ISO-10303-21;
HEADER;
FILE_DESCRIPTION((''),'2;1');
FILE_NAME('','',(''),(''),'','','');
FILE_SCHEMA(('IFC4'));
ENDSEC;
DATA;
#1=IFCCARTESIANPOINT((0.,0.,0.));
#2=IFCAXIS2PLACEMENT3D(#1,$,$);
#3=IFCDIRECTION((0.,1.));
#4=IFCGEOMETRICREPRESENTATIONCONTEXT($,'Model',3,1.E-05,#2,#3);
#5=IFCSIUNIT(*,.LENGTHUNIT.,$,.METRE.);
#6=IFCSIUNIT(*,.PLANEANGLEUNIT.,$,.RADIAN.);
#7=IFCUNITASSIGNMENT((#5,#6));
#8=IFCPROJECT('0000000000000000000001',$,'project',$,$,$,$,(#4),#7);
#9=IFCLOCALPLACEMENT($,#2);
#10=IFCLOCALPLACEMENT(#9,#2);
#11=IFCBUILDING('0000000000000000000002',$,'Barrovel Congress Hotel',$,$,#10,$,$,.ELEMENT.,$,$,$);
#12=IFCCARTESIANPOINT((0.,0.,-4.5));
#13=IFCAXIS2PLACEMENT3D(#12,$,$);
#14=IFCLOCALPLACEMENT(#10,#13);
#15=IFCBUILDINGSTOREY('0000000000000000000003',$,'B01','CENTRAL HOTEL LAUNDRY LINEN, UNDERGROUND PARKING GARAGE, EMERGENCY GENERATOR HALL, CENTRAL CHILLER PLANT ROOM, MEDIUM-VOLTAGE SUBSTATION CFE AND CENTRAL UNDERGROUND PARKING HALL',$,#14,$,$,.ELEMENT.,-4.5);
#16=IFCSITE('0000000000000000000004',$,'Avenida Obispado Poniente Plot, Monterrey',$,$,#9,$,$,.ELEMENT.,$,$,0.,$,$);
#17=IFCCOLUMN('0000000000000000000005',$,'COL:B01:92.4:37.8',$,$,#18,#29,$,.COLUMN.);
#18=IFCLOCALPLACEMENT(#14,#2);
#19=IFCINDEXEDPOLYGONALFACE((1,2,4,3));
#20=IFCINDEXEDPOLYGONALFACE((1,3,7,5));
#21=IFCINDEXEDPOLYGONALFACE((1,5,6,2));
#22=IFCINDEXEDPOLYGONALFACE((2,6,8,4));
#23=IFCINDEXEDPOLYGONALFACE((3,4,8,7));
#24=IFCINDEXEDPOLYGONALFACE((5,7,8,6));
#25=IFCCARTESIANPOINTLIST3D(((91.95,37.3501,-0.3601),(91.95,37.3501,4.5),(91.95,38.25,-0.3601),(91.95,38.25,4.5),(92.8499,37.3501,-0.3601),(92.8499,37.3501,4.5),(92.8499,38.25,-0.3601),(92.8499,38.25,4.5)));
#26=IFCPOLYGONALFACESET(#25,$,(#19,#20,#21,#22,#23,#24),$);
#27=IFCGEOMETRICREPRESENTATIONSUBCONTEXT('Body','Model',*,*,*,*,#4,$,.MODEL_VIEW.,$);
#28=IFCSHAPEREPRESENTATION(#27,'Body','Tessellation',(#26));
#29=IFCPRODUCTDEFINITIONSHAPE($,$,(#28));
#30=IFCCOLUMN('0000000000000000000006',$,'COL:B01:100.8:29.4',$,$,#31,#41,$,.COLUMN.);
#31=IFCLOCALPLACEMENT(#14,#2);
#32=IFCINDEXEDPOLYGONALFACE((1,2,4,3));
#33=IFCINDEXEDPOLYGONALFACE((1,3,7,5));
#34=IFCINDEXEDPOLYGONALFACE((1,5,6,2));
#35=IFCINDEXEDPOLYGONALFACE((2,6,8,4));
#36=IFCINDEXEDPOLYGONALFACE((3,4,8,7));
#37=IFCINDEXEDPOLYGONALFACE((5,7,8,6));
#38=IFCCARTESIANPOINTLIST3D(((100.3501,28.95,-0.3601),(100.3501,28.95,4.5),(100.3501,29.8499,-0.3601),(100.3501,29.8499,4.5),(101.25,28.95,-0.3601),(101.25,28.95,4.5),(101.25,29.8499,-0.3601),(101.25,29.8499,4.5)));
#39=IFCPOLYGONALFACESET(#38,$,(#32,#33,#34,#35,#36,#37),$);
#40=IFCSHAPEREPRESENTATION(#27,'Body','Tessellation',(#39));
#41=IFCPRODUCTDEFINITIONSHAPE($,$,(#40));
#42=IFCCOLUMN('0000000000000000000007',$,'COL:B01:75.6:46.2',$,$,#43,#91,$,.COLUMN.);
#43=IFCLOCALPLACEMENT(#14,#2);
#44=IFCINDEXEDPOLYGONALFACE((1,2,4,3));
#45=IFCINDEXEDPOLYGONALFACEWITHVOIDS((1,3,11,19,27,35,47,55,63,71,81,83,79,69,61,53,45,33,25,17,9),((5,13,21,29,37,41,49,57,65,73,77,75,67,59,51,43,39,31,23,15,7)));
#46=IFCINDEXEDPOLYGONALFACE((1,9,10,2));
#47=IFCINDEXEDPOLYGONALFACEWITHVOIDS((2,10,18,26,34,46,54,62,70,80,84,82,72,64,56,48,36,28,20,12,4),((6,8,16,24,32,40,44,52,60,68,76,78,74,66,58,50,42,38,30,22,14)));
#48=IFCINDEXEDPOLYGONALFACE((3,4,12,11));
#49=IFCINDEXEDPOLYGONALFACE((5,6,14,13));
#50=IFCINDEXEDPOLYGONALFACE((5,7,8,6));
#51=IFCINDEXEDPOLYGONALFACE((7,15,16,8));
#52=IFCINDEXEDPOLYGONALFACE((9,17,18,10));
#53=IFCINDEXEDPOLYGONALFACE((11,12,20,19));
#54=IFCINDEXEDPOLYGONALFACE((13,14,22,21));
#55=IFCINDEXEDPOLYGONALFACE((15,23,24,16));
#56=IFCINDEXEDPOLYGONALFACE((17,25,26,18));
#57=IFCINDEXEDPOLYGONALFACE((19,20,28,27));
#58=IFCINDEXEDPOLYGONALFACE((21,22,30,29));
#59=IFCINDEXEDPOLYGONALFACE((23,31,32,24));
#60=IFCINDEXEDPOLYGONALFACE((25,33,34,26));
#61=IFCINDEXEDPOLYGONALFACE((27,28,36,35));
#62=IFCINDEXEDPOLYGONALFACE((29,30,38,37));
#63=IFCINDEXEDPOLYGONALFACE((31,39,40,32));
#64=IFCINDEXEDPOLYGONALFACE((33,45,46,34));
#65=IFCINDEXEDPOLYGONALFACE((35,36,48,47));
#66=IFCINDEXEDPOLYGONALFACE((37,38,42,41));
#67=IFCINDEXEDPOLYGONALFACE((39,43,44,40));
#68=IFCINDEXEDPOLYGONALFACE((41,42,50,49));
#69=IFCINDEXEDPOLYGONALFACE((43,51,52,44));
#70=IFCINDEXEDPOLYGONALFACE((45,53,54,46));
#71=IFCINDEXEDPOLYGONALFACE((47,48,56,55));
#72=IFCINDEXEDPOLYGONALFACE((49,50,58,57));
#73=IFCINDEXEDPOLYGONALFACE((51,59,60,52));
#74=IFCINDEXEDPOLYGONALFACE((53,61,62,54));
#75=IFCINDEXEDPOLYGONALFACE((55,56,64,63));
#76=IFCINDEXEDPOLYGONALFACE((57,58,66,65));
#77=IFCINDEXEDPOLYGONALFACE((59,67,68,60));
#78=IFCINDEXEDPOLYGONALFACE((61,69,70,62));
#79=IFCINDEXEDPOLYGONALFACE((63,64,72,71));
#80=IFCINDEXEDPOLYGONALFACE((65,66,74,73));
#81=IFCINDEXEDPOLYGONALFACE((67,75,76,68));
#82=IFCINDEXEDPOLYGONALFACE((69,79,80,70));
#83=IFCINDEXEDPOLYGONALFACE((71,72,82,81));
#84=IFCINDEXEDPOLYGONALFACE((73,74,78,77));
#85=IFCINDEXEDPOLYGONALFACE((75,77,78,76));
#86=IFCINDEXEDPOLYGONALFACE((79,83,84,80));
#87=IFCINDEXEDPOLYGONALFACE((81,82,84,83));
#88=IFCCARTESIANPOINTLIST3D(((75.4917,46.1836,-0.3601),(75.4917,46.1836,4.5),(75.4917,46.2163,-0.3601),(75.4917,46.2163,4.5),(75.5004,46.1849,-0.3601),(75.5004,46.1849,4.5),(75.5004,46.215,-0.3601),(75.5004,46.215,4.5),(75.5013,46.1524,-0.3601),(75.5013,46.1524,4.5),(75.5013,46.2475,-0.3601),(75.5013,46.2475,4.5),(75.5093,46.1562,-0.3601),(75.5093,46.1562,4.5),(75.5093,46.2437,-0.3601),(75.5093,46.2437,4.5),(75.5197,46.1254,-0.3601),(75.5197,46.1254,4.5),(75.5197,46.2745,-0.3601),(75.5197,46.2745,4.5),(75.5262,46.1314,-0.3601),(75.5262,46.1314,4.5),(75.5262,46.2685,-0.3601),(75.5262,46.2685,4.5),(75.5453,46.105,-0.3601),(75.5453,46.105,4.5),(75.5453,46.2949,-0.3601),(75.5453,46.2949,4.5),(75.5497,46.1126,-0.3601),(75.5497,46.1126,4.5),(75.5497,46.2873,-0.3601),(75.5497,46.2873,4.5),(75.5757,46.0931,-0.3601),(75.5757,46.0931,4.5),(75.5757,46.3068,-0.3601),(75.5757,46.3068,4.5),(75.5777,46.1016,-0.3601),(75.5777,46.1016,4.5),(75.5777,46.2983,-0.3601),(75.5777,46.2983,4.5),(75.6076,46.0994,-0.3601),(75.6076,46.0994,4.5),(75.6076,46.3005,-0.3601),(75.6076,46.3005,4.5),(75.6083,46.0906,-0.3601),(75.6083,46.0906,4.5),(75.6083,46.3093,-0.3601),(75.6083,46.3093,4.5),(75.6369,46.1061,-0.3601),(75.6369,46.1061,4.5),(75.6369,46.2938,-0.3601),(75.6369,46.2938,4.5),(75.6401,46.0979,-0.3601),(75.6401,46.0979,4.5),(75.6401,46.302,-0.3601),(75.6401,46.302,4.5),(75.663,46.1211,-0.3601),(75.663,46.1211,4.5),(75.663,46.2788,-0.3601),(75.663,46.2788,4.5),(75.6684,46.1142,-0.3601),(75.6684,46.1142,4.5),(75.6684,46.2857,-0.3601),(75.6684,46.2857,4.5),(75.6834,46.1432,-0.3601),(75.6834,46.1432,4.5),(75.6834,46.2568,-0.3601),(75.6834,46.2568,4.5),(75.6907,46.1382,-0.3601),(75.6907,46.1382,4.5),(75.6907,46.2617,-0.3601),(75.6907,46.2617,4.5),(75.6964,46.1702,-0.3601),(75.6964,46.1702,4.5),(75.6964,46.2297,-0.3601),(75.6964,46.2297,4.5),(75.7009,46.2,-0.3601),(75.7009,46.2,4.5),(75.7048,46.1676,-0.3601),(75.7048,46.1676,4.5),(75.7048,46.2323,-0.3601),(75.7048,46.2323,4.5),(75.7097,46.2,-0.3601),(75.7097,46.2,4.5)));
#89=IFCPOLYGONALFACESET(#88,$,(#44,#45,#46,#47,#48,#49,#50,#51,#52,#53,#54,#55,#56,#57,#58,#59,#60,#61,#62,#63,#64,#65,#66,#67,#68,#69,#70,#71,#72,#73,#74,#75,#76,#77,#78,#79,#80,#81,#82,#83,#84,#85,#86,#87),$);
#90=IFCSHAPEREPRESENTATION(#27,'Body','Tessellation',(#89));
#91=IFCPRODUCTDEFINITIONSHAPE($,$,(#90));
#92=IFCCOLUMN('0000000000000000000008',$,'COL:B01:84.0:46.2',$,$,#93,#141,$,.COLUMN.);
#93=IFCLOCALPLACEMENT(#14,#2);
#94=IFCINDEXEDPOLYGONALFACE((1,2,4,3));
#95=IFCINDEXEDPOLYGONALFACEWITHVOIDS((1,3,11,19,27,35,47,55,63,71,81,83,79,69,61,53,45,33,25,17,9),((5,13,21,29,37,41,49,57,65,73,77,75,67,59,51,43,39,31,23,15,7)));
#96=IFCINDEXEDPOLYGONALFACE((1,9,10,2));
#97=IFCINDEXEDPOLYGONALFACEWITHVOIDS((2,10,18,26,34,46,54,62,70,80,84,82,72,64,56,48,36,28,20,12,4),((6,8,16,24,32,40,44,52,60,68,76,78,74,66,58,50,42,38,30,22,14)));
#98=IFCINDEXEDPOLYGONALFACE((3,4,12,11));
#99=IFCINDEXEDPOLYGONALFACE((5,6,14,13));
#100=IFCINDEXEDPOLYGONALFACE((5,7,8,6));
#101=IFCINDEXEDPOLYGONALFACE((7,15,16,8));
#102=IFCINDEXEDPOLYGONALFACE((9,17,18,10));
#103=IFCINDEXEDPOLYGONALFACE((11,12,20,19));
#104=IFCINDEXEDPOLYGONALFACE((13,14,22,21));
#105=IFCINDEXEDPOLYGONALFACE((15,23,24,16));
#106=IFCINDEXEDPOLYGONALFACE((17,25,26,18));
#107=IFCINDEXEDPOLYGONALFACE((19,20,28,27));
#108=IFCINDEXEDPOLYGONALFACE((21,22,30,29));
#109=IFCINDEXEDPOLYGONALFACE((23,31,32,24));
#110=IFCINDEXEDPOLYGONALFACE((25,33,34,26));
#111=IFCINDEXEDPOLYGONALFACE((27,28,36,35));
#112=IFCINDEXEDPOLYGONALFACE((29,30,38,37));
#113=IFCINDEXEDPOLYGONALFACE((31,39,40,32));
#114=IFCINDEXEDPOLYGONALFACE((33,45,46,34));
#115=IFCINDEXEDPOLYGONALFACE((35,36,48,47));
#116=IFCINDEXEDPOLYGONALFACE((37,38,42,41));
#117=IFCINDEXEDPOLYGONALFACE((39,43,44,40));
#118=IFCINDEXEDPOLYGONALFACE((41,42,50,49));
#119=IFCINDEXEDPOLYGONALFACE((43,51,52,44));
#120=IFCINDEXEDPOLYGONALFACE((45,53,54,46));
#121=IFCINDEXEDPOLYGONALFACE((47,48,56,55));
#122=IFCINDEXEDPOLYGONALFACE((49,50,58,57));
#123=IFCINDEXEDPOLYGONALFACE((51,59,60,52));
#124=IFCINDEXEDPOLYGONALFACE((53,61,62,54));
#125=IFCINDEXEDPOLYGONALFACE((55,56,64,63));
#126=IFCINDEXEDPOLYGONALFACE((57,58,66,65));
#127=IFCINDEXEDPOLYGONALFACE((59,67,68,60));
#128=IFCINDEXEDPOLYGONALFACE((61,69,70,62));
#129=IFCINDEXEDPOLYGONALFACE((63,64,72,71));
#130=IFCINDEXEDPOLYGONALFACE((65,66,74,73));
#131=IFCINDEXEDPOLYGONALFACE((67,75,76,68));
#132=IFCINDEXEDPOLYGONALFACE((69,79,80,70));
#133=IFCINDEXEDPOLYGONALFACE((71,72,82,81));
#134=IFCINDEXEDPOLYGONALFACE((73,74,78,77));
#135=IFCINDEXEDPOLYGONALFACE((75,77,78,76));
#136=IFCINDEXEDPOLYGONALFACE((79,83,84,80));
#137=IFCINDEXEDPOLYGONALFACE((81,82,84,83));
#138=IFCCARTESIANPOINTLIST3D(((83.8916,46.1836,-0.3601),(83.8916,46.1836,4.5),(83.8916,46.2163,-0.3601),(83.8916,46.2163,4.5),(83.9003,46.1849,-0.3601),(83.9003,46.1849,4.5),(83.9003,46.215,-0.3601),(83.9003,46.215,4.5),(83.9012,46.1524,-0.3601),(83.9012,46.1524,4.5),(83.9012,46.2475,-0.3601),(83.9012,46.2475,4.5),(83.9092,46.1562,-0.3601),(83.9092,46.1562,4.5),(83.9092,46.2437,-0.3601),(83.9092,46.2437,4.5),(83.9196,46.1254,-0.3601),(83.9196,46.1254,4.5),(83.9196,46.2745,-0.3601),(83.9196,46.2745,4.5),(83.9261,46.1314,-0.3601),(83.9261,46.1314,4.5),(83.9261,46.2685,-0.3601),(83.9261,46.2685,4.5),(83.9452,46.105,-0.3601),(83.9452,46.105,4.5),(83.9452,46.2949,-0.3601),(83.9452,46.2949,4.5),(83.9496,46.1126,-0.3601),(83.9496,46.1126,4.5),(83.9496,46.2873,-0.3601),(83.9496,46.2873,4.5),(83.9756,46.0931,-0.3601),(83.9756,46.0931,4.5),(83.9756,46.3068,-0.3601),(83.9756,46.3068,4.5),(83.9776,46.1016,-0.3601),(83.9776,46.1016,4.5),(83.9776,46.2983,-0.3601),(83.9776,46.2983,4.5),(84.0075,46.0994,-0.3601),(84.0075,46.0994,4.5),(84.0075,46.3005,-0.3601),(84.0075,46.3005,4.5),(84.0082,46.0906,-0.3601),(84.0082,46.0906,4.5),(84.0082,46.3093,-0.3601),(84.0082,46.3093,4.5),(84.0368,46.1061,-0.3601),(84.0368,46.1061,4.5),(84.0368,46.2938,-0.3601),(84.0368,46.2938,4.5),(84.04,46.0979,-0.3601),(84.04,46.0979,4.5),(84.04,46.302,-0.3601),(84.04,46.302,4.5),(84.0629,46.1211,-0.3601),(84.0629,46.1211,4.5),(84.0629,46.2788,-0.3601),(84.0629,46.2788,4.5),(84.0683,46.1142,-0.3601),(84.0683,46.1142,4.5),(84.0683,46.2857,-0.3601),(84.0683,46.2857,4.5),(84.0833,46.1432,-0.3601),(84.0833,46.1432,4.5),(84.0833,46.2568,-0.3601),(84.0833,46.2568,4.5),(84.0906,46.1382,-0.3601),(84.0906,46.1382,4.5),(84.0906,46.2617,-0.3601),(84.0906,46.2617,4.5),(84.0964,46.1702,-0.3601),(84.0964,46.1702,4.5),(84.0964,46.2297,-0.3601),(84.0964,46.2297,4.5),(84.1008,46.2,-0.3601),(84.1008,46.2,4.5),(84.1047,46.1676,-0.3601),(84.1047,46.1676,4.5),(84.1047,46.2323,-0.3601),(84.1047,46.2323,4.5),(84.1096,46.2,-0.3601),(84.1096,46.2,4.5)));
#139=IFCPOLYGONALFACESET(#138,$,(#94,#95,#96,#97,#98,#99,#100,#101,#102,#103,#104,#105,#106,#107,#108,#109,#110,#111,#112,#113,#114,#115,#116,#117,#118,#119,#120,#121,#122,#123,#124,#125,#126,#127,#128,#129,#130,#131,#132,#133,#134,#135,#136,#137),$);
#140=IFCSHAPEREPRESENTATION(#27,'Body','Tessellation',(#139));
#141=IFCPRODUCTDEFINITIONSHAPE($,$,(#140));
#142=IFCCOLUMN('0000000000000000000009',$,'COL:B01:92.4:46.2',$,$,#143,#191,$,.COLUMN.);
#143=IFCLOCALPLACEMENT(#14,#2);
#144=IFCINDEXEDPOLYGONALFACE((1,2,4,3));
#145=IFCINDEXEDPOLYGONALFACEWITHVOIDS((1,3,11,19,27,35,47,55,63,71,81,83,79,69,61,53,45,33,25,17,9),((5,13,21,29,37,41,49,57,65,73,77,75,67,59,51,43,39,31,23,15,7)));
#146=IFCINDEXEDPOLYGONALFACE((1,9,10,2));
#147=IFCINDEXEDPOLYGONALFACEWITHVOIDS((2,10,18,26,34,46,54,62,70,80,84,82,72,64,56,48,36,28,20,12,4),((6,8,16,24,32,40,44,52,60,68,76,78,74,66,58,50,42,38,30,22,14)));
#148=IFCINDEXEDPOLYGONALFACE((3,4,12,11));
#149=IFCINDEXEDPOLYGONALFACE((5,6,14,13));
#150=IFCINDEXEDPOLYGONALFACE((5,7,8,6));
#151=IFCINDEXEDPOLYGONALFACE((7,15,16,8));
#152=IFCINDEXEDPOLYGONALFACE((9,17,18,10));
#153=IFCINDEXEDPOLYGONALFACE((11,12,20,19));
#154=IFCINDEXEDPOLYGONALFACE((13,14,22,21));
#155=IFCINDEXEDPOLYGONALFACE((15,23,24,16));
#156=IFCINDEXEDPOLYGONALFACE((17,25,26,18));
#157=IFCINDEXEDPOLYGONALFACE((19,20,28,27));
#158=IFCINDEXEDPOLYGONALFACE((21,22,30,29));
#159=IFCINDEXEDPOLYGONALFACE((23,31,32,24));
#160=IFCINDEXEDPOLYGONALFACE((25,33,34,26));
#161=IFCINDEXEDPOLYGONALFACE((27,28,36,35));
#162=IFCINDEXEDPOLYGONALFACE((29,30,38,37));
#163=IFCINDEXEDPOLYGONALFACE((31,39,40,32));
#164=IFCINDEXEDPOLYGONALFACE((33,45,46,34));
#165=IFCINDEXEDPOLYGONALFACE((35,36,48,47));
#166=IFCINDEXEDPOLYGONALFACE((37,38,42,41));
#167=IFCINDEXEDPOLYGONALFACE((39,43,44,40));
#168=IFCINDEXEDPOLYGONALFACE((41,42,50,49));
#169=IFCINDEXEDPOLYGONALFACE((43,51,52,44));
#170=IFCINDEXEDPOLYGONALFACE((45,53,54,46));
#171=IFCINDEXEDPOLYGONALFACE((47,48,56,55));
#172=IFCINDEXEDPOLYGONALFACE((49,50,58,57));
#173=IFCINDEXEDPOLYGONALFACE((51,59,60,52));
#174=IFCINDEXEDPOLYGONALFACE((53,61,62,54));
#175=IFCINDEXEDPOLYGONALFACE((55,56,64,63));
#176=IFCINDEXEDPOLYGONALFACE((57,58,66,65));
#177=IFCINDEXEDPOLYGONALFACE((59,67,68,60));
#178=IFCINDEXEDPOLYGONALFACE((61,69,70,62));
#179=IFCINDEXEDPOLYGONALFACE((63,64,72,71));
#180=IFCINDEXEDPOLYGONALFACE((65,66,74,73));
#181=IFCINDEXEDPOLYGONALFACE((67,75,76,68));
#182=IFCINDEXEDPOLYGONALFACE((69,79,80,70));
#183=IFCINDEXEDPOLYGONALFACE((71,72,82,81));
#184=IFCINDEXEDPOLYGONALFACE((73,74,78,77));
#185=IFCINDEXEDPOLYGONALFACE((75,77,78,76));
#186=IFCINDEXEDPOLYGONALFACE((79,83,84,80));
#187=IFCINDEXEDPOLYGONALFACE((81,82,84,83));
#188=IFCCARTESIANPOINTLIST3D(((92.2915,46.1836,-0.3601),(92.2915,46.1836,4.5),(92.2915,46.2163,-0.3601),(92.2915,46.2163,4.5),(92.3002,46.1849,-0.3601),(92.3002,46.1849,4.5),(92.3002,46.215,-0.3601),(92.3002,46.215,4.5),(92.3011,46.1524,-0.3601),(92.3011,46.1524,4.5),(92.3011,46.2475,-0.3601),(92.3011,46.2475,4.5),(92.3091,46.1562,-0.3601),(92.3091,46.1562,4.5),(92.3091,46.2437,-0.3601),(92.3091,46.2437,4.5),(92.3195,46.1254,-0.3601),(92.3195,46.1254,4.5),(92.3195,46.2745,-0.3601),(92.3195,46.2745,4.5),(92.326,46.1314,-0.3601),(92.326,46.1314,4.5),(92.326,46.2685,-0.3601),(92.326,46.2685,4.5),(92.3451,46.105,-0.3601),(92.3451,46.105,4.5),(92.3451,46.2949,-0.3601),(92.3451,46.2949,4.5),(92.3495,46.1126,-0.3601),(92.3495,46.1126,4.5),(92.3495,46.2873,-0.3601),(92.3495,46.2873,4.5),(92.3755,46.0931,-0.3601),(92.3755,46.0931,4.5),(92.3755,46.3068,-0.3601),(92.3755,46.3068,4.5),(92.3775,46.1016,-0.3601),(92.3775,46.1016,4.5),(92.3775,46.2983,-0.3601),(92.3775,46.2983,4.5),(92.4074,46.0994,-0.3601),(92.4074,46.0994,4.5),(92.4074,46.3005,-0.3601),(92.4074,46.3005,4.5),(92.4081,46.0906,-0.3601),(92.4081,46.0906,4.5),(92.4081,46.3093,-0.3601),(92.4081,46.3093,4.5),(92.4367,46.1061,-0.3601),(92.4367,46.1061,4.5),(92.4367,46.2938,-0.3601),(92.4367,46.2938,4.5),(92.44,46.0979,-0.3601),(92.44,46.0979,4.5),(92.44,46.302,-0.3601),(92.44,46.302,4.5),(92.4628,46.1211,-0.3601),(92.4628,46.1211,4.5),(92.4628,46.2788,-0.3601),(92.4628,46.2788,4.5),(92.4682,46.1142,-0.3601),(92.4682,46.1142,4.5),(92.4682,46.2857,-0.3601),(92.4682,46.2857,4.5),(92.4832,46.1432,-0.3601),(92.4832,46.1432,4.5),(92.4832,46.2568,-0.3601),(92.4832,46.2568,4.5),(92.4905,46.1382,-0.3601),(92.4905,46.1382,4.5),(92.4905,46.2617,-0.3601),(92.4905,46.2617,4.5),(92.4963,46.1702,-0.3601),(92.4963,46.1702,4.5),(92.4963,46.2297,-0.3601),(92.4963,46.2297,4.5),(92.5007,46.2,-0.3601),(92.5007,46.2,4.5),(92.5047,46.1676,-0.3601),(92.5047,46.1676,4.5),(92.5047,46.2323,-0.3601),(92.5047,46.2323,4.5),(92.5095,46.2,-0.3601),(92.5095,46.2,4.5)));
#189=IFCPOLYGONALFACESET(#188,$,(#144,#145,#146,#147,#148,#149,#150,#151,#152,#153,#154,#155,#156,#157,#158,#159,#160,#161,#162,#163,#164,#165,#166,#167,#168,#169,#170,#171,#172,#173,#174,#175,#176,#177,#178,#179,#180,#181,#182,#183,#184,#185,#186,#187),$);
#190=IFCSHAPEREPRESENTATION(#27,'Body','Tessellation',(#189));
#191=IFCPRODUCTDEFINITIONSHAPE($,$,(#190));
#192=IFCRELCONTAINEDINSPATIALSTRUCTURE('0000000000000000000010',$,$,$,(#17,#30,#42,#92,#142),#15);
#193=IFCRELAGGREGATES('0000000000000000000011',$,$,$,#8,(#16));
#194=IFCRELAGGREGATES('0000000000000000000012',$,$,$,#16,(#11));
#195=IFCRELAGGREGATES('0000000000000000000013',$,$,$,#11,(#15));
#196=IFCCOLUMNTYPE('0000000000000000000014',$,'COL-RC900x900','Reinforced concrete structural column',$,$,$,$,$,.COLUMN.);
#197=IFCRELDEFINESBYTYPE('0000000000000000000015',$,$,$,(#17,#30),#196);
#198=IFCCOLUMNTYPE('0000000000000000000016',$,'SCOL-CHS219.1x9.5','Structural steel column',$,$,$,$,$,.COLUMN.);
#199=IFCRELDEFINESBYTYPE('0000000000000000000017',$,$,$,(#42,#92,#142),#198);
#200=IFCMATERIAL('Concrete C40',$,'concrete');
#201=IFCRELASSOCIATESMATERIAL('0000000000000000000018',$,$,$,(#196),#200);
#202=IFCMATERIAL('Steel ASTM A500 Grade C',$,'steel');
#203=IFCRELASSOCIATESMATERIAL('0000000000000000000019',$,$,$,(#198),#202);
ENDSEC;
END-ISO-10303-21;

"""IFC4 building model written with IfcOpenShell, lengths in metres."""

from ifc_helpers import new_model, si_unit, direction, frame, origin, origin_2d, place, context, subcontext, project, spatial, rectangle, hollow_circle, extrude, material, material_profile, profile_set, type_object, element, save


model = new_model("IFC4")

# Units and contexts
model_context = context("Model", 3, precision=1e-05, world=origin(), true_north=direction((0.0, 1.0)))
body_context = subcontext(model_context, "Body", "Model", "MODEL_VIEW")
ifc_project = project(units=[si_unit("LENGTHUNIT", "METRE"), si_unit("PLANEANGLEUNIT", "RADIAN")], contexts=[model_context])

# Site, building, storey
site_placement = place(None, origin())
site = spatial("IfcSite", under=ifc_project, at=site_placement, Name="Avenida Obispado Poniente Plot, Monterrey", CompositionType="ELEMENT", RefElevation=0.0)
building_placement = place(site_placement, origin())
building = spatial("IfcBuilding", under=site, at=building_placement, Name="Barrovel Congress Hotel", CompositionType="ELEMENT")
storey_placement = place(building_placement, frame((0.0, 0.0, -4.5)))
storey = spatial("IfcBuildingStorey", under=building, at=storey_placement, Name="B01", Description="CENTRAL HOTEL LAUNDRY LINEN, UNDERGROUND PARKING GARAGE, EMERGENCY GENERATOR HALL, CENTRAL CHILLER PLANT ROOM, MEDIUM-VOLTAGE SUBSTATION CFE AND CENTRAL UNDERGROUND PARKING HALL", CompositionType="ELEMENT", Elevation=-4.5)

# Shared definitions
ifc_material_1 = material(Name="Concrete C40", Category="concrete")

# Columns
ifc_material_profile_1 = material_profile(ifc_material_1, rectangle(XDim=0.8999, YDim=0.8999, at=origin_2d()), Name="RC900x900")
ifc_profile_set_1 = profile_set([ifc_material_profile_1], Name="Concrete C40")
column_type_1 = type_object("IfcColumnType", Name="COL-RC900x900", Description="Reinforced concrete structural column", PredefinedType="COLUMN", material=ifc_profile_set_1)
for number, where, z_axis, x_axis, name in (
    (1, (92.3999, 37.8, -0.3601), (0.0, 0.0, 1.0), (1.0, 0.0, 0.0), "COL:B01:92.4:37.8"),
    (2, (100.8, 29.3999, -0.3601), (0.0, 0.0, 1.0), (1.0, 0.0, 0.0), "COL:B01:100.8:29.4"),
):
    element("IfcColumn", number, at=place(storey_placement, frame(where, z_axis=z_axis, x_axis=x_axis)), inside=storey, type_object=column_type_1, Name=name, PredefinedType="COLUMN", context=body_context, shape_type="SweptSolid", body=[
        extrude(rectangle(XDim=0.8999, YDim=0.8999, at=origin_2d()), origin(), (0.0, 0.0, 1.0), 4.8601),
    ])
ifc_material_2 = material(Name="Steel ASTM A500 Grade C", Category="steel")
ifc_material_profile_2 = material_profile(ifc_material_2, hollow_circle(Radius=0.1096, WallThickness=0.0088, at=origin_2d()), Name="CHS219.1x9.5")
ifc_profile_set_2 = profile_set([ifc_material_profile_2], Name="Steel ASTM A500 Grade C")
column_type_2 = type_object("IfcColumnType", Name="SCOL-CHS219.1x9.5", Description="Structural steel column", PredefinedType="COLUMN", material=ifc_profile_set_2)
for number, where, z_axis, x_axis, name in (
    (3, (75.6001, 46.2, -0.3601), (0.0, 0.0, 1.0), (1.0, 0.0, 0.0), "COL:B01:75.6:46.2"),
    (4, (84.0, 46.2, -0.3601), (0.0, 0.0, 1.0), (1.0, 0.0, 0.0), "COL:B01:84.0:46.2"),
    (5, (92.3999, 46.2, -0.3601), (0.0, 0.0, 1.0), (1.0, 0.0, 0.0), "COL:B01:92.4:46.2"),
):
    element("IfcColumn", number, at=place(storey_placement, frame(where, z_axis=z_axis, x_axis=x_axis)), inside=storey, type_object=column_type_2, Name=name, PredefinedType="COLUMN", context=body_context, shape_type="SweptSolid", body=[
        extrude(hollow_circle(Radius=0.1096, WallThickness=0.0088, at=origin_2d()), origin(), (0.0, 0.0, 1.0), 4.8601),
    ])

save(model, "model.ifc")
